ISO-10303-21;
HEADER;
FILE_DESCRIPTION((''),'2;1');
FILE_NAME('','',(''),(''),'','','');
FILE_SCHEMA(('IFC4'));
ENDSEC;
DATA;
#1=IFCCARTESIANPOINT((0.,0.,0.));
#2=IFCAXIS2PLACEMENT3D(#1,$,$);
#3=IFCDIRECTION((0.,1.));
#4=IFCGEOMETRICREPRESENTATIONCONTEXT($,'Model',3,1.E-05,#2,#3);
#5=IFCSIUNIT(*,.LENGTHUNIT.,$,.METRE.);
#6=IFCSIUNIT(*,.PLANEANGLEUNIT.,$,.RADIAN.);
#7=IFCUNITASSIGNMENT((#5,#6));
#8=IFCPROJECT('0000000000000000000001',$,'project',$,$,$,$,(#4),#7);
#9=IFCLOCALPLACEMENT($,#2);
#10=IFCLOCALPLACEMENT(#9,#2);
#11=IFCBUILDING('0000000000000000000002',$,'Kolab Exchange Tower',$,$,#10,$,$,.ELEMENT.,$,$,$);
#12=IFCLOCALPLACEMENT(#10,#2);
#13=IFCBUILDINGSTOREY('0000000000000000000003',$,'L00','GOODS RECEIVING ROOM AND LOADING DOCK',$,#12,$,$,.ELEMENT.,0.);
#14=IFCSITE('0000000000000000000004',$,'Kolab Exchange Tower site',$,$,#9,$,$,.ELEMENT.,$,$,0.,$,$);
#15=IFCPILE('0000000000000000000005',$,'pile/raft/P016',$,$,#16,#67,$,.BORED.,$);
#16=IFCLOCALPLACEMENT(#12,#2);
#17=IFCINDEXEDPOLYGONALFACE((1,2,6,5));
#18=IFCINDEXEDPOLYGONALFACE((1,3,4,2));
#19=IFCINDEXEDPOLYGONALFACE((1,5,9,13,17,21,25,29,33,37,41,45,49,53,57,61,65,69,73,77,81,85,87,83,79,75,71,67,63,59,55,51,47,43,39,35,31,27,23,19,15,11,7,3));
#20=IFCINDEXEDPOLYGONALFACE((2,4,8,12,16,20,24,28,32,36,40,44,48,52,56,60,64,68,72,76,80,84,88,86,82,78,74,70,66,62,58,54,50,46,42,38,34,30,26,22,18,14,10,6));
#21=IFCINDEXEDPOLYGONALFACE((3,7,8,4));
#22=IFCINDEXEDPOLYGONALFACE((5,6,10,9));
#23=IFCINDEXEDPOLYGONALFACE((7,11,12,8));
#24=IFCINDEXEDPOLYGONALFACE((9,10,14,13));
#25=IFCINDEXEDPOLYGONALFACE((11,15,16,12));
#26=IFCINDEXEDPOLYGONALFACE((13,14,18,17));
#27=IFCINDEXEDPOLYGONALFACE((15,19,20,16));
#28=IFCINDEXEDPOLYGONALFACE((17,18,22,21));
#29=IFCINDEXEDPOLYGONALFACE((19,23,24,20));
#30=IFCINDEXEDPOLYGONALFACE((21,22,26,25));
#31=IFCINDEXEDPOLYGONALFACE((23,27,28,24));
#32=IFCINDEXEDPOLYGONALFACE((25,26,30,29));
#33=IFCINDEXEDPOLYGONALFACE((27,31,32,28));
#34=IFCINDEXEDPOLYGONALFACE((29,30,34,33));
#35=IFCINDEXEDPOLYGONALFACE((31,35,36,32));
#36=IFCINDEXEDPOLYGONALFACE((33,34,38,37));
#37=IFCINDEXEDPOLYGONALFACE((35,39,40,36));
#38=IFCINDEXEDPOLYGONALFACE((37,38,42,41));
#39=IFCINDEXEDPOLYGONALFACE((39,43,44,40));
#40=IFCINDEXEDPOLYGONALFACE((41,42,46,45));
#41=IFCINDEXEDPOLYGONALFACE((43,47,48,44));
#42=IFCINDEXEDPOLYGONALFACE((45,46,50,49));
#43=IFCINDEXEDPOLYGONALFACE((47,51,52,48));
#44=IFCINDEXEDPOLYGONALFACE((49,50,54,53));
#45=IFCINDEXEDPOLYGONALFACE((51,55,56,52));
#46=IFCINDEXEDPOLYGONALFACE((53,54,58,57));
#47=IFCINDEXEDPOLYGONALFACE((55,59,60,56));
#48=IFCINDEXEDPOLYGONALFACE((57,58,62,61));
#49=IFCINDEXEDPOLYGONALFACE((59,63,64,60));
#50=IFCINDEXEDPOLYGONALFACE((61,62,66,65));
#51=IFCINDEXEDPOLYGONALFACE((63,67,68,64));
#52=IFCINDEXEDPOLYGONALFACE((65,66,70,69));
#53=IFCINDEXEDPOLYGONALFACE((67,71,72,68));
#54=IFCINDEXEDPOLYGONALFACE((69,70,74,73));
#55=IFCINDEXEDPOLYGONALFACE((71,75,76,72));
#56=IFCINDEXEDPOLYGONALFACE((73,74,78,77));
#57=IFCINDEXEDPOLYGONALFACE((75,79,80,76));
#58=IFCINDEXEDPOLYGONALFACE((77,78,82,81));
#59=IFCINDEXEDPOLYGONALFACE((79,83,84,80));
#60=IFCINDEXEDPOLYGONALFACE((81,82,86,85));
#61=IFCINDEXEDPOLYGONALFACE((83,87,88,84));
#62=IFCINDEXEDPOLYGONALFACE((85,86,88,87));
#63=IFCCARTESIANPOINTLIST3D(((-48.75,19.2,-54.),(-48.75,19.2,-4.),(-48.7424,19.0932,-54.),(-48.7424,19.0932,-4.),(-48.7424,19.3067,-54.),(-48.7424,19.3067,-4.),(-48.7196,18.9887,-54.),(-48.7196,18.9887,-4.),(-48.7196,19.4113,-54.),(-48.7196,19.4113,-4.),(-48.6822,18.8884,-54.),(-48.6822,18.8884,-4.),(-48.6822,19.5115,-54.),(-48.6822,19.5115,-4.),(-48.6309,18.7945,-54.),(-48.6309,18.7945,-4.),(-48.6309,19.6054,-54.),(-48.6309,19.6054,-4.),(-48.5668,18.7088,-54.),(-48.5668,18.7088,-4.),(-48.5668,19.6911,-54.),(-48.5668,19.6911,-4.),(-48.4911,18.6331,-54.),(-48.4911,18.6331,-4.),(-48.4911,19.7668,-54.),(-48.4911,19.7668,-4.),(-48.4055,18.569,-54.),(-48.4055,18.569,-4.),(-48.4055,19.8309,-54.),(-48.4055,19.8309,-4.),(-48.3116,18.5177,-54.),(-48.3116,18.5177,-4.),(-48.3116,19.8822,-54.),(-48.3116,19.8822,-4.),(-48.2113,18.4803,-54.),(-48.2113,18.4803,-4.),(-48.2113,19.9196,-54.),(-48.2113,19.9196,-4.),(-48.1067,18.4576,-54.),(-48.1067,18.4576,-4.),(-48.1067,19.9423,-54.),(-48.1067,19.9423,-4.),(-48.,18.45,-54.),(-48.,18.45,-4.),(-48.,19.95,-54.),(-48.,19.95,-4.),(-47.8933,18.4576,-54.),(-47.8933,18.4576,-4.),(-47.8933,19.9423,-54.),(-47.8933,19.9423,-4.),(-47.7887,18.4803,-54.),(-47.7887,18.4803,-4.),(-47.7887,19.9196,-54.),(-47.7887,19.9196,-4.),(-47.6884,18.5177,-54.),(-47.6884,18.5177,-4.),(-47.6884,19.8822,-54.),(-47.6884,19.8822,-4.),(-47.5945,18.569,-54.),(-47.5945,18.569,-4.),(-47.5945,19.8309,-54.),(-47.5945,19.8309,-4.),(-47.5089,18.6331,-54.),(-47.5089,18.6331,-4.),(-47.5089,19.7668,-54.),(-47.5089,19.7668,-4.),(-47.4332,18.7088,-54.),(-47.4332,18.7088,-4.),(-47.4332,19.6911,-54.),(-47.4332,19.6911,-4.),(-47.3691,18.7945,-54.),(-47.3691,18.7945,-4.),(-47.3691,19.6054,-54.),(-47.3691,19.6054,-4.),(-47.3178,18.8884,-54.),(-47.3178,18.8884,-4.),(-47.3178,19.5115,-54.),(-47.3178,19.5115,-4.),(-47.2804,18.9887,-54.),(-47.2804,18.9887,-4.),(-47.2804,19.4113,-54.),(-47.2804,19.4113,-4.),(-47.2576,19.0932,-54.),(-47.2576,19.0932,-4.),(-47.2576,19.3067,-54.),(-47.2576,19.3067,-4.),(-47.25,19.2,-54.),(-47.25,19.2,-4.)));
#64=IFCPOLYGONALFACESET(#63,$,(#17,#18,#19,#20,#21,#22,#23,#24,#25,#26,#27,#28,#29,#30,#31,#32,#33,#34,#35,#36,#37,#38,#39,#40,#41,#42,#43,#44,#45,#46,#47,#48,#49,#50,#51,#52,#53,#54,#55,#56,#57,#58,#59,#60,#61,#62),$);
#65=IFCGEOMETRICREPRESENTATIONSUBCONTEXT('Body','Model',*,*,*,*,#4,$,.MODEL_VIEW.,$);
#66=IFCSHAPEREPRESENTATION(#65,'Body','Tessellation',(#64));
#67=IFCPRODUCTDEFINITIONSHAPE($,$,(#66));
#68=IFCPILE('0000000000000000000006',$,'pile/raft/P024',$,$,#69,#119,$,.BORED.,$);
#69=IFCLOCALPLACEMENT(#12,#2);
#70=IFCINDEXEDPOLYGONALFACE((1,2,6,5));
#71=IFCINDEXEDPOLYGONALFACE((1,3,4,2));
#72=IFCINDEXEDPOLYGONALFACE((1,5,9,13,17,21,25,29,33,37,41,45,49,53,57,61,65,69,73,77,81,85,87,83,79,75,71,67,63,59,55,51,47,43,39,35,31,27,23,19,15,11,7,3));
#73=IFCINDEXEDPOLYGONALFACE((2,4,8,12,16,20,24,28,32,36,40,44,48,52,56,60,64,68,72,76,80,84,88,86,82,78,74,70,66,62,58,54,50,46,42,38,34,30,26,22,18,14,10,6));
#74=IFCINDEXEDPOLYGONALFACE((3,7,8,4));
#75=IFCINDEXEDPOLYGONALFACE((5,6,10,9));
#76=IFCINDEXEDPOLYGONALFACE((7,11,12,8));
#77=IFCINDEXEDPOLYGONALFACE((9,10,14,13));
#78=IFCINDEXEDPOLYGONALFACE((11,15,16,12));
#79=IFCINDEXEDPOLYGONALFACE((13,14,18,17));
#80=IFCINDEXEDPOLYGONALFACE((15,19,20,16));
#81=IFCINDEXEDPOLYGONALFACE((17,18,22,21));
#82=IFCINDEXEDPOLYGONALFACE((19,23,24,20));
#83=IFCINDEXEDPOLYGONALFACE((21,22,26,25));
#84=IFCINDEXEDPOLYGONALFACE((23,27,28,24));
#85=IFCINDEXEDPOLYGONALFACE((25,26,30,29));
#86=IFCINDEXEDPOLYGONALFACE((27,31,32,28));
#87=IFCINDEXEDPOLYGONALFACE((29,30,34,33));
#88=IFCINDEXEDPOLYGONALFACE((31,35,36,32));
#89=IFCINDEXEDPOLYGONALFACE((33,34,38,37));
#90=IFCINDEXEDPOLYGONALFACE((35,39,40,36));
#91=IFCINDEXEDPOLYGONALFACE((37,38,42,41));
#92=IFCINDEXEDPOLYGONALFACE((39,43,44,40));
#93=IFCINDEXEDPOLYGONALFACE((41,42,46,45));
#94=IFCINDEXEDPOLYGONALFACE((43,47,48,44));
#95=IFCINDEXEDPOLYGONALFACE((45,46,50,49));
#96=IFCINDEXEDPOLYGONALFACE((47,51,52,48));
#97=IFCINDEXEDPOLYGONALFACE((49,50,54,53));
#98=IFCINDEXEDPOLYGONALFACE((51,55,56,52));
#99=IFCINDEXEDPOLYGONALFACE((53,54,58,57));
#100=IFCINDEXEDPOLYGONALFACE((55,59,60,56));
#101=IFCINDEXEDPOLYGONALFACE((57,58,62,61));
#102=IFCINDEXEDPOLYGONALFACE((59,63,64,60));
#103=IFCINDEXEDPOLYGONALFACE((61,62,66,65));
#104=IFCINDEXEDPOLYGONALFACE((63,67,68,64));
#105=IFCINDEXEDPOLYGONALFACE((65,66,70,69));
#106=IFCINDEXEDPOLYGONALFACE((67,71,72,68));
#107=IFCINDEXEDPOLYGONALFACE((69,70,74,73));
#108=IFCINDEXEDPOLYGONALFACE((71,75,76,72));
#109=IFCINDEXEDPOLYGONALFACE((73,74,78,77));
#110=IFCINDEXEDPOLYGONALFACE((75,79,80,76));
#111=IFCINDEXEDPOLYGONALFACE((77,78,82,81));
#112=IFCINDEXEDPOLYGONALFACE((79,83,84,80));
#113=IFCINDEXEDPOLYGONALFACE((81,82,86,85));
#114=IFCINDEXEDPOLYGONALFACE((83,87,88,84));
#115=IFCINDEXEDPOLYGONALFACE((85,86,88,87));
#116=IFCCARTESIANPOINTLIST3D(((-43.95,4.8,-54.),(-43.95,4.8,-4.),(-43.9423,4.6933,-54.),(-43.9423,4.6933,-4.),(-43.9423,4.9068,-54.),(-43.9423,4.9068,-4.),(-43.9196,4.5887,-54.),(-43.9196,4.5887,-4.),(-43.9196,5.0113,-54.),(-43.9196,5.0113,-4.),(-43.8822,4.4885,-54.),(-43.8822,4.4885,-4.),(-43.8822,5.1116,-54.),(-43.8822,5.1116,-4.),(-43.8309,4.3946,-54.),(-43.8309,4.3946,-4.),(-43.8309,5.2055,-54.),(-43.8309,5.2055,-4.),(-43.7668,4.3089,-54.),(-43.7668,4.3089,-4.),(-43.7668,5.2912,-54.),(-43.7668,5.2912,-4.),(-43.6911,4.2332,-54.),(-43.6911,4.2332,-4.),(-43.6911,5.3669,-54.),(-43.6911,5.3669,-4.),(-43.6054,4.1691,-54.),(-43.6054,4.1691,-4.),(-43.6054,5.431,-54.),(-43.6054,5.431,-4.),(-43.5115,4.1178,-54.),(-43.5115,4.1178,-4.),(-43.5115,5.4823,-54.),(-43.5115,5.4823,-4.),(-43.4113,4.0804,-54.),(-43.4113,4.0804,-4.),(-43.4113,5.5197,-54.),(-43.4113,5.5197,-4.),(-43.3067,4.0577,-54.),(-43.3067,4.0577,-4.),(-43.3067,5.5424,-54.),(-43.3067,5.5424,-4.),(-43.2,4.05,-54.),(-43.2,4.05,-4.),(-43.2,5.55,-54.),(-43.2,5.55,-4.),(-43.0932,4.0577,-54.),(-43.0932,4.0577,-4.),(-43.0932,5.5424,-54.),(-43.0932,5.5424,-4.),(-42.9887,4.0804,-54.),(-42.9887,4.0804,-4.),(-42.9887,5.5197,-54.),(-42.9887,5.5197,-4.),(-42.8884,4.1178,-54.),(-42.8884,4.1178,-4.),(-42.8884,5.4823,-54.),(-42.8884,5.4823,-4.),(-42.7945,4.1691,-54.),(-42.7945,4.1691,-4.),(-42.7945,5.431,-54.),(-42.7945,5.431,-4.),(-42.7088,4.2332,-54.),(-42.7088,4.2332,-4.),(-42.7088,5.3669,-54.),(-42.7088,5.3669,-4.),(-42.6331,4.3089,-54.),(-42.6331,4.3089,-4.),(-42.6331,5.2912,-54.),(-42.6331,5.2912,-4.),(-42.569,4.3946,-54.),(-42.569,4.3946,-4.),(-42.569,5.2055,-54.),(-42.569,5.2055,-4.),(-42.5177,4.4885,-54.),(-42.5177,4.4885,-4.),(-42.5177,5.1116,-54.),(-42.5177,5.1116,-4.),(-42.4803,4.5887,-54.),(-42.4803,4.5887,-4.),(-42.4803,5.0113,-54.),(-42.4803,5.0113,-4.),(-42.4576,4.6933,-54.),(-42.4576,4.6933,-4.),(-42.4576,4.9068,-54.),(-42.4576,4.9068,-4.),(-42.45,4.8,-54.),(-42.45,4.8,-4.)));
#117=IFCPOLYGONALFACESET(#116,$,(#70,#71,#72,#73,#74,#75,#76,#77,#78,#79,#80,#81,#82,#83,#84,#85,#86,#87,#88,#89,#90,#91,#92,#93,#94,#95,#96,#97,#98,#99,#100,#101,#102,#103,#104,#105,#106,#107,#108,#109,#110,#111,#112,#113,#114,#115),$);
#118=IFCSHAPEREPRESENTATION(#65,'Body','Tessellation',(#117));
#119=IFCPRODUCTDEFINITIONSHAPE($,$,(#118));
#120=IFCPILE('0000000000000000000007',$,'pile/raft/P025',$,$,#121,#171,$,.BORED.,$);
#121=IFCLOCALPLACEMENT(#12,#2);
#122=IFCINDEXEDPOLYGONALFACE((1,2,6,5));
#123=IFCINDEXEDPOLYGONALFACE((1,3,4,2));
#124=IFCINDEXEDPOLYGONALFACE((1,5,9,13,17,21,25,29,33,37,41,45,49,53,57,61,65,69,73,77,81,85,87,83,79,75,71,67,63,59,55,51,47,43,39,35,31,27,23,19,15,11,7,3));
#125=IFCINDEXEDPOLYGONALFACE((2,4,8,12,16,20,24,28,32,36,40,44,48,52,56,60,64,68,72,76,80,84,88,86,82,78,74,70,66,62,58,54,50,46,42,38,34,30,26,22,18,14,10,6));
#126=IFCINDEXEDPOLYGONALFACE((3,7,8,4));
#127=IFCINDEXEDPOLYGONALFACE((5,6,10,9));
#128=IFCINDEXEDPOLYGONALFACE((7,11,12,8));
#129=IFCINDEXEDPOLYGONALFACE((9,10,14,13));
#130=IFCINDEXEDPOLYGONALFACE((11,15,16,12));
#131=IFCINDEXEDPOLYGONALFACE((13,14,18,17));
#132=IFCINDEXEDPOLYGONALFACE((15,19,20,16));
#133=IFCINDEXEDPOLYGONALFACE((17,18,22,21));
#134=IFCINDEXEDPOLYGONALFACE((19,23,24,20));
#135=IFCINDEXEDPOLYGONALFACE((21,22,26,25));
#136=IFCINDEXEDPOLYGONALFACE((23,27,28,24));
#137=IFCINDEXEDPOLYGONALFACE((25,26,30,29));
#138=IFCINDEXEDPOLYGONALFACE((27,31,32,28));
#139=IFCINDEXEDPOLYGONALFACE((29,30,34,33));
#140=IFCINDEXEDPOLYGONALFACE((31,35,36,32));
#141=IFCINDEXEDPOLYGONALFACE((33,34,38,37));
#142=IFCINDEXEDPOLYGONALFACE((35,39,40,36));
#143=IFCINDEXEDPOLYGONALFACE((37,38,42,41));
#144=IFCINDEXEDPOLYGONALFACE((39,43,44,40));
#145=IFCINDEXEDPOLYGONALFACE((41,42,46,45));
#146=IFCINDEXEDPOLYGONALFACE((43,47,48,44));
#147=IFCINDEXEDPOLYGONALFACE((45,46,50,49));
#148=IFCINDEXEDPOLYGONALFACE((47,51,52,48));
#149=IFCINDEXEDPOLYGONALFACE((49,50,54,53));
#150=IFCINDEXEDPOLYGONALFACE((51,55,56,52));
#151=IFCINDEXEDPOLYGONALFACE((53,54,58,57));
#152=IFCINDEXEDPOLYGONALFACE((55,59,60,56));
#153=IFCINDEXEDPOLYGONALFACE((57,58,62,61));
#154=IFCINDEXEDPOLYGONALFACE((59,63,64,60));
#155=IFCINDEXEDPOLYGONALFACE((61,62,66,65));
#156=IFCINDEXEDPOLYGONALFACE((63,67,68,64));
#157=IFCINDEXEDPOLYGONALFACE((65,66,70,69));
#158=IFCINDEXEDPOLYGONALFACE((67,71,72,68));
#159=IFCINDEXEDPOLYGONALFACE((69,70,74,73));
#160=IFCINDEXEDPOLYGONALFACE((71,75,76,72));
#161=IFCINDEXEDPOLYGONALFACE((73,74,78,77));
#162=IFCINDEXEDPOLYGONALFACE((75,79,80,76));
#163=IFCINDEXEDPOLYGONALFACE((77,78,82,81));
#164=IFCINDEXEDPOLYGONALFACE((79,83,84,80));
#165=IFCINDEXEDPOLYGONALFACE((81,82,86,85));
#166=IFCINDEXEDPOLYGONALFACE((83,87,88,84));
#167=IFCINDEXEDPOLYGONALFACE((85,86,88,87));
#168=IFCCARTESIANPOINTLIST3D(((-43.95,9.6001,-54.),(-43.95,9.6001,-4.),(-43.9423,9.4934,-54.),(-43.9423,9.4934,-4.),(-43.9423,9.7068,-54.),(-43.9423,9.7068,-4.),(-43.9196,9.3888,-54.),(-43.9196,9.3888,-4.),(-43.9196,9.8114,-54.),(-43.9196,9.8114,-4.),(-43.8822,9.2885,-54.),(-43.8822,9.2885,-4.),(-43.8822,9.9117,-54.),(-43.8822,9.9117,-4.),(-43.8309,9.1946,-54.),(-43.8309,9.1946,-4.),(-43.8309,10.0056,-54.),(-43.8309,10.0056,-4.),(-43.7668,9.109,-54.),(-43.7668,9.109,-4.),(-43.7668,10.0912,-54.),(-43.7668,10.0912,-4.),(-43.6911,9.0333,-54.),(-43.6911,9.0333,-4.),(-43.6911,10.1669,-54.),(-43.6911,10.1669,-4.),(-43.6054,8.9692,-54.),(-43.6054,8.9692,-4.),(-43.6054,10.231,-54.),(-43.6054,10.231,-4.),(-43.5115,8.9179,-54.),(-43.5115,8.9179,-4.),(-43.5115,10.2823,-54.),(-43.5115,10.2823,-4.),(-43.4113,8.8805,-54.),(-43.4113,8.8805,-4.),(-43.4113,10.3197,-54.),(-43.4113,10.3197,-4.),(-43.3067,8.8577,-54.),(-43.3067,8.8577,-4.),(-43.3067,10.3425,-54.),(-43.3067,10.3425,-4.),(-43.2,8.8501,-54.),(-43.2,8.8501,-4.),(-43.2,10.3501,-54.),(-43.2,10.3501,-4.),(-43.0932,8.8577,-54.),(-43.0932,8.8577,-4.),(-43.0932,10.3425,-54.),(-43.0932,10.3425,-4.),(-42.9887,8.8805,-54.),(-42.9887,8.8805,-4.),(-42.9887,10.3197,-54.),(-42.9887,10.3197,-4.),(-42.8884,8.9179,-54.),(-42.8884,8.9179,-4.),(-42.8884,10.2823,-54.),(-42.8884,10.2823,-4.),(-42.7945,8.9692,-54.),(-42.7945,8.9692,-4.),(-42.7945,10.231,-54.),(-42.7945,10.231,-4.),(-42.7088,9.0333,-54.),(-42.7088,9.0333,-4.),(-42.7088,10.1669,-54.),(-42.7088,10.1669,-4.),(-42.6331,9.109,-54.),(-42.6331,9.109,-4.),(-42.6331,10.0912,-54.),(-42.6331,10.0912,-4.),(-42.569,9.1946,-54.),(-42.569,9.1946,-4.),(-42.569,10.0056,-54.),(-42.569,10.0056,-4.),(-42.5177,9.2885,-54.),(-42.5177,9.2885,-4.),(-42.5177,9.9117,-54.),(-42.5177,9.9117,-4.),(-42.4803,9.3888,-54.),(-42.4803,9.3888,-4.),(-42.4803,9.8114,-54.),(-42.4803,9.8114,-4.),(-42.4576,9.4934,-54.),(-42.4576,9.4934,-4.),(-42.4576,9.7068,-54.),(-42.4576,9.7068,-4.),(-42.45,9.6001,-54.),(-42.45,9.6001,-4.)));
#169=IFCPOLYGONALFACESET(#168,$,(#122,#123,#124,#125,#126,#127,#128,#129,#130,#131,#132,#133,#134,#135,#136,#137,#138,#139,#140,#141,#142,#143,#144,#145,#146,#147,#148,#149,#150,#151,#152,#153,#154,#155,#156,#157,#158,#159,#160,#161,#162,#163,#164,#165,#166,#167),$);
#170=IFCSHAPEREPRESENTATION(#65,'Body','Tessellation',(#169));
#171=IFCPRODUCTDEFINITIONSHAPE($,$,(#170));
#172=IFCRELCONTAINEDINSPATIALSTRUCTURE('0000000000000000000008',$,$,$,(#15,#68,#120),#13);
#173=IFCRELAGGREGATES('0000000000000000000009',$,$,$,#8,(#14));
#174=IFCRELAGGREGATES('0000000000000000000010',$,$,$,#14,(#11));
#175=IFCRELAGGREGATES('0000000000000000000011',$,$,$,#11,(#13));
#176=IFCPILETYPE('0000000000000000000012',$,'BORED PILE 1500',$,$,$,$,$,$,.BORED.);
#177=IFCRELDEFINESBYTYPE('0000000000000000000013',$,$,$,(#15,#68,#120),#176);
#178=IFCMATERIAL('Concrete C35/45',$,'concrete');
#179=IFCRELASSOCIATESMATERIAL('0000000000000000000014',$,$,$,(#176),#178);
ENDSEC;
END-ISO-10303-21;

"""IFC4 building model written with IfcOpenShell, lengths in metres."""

from ifc_helpers import new_model, si_unit, direction, frame, origin, origin_2d, place, context, subcontext, project, spatial, circle, extrude, material, material_profile, profile_set, type_object, element, save


model = new_model("IFC4")

# Units and contexts
model_context = context("Model", 3, precision=1e-05, world=origin(), true_north=direction((0.0, 1.0)))
body_context = subcontext(model_context, "Body", "Model", "MODEL_VIEW")
ifc_project = project(units=[si_unit("LENGTHUNIT", "METRE"), si_unit("PLANEANGLEUNIT", "RADIAN")], contexts=[model_context])

# Site, building, storey
site_placement = place(None, origin())
site = spatial("IfcSite", under=ifc_project, at=site_placement, Name="Kolab Exchange Tower site", CompositionType="ELEMENT", RefElevation=0.0)
building_placement = place(site_placement, origin())
building = spatial("IfcBuilding", under=site, at=building_placement, Name="Kolab Exchange Tower", CompositionType="ELEMENT")
storey_placement = place(building_placement, origin())
storey = spatial("IfcBuildingStorey", under=building, at=storey_placement, Name="L00", Description="GOODS RECEIVING ROOM AND LOADING DOCK", CompositionType="ELEMENT", Elevation=0.0)

# Piles
ifc_material_1 = material(Name="Concrete C35/45", Category="concrete")
ifc_material_profile_1 = material_profile(ifc_material_1, circle(Radius=0.75, at=origin_2d()), Name="BP1500")
ifc_profile_set_1 = profile_set([ifc_material_profile_1], Name="Concrete C35/45")
pile_type = type_object("IfcPileType", Name="BORED PILE 1500", PredefinedType="BORED", material=ifc_profile_set_1)
for number, where, z_axis, x_axis, name in (
    (1, (-48.0, 19.2, -4.0), (0.0, 0.0, -1.0), (1.0, 0.0, 0.0), "pile/raft/P016"),
    (2, (-43.2, 4.8, -4.0), (0.0, 0.0, -1.0), (1.0, 0.0, 0.0), "pile/raft/P024"),
    (3, (-43.2, 9.6001, -4.0), (0.0, 0.0, -1.0), (1.0, 0.0, 0.0), "pile/raft/P025"),
):
    element("IfcPile", number, at=place(storey_placement, frame(where, z_axis=z_axis, x_axis=x_axis)), inside=storey, type_object=pile_type, Name=name, PredefinedType="BORED", context=body_context, shape_type="SweptSolid", body=[
        extrude(circle(Radius=0.75, at=origin_2d()), origin(), (0.0, 0.0, 1.0), 50.0),
    ])

save(model, "model.ifc")
